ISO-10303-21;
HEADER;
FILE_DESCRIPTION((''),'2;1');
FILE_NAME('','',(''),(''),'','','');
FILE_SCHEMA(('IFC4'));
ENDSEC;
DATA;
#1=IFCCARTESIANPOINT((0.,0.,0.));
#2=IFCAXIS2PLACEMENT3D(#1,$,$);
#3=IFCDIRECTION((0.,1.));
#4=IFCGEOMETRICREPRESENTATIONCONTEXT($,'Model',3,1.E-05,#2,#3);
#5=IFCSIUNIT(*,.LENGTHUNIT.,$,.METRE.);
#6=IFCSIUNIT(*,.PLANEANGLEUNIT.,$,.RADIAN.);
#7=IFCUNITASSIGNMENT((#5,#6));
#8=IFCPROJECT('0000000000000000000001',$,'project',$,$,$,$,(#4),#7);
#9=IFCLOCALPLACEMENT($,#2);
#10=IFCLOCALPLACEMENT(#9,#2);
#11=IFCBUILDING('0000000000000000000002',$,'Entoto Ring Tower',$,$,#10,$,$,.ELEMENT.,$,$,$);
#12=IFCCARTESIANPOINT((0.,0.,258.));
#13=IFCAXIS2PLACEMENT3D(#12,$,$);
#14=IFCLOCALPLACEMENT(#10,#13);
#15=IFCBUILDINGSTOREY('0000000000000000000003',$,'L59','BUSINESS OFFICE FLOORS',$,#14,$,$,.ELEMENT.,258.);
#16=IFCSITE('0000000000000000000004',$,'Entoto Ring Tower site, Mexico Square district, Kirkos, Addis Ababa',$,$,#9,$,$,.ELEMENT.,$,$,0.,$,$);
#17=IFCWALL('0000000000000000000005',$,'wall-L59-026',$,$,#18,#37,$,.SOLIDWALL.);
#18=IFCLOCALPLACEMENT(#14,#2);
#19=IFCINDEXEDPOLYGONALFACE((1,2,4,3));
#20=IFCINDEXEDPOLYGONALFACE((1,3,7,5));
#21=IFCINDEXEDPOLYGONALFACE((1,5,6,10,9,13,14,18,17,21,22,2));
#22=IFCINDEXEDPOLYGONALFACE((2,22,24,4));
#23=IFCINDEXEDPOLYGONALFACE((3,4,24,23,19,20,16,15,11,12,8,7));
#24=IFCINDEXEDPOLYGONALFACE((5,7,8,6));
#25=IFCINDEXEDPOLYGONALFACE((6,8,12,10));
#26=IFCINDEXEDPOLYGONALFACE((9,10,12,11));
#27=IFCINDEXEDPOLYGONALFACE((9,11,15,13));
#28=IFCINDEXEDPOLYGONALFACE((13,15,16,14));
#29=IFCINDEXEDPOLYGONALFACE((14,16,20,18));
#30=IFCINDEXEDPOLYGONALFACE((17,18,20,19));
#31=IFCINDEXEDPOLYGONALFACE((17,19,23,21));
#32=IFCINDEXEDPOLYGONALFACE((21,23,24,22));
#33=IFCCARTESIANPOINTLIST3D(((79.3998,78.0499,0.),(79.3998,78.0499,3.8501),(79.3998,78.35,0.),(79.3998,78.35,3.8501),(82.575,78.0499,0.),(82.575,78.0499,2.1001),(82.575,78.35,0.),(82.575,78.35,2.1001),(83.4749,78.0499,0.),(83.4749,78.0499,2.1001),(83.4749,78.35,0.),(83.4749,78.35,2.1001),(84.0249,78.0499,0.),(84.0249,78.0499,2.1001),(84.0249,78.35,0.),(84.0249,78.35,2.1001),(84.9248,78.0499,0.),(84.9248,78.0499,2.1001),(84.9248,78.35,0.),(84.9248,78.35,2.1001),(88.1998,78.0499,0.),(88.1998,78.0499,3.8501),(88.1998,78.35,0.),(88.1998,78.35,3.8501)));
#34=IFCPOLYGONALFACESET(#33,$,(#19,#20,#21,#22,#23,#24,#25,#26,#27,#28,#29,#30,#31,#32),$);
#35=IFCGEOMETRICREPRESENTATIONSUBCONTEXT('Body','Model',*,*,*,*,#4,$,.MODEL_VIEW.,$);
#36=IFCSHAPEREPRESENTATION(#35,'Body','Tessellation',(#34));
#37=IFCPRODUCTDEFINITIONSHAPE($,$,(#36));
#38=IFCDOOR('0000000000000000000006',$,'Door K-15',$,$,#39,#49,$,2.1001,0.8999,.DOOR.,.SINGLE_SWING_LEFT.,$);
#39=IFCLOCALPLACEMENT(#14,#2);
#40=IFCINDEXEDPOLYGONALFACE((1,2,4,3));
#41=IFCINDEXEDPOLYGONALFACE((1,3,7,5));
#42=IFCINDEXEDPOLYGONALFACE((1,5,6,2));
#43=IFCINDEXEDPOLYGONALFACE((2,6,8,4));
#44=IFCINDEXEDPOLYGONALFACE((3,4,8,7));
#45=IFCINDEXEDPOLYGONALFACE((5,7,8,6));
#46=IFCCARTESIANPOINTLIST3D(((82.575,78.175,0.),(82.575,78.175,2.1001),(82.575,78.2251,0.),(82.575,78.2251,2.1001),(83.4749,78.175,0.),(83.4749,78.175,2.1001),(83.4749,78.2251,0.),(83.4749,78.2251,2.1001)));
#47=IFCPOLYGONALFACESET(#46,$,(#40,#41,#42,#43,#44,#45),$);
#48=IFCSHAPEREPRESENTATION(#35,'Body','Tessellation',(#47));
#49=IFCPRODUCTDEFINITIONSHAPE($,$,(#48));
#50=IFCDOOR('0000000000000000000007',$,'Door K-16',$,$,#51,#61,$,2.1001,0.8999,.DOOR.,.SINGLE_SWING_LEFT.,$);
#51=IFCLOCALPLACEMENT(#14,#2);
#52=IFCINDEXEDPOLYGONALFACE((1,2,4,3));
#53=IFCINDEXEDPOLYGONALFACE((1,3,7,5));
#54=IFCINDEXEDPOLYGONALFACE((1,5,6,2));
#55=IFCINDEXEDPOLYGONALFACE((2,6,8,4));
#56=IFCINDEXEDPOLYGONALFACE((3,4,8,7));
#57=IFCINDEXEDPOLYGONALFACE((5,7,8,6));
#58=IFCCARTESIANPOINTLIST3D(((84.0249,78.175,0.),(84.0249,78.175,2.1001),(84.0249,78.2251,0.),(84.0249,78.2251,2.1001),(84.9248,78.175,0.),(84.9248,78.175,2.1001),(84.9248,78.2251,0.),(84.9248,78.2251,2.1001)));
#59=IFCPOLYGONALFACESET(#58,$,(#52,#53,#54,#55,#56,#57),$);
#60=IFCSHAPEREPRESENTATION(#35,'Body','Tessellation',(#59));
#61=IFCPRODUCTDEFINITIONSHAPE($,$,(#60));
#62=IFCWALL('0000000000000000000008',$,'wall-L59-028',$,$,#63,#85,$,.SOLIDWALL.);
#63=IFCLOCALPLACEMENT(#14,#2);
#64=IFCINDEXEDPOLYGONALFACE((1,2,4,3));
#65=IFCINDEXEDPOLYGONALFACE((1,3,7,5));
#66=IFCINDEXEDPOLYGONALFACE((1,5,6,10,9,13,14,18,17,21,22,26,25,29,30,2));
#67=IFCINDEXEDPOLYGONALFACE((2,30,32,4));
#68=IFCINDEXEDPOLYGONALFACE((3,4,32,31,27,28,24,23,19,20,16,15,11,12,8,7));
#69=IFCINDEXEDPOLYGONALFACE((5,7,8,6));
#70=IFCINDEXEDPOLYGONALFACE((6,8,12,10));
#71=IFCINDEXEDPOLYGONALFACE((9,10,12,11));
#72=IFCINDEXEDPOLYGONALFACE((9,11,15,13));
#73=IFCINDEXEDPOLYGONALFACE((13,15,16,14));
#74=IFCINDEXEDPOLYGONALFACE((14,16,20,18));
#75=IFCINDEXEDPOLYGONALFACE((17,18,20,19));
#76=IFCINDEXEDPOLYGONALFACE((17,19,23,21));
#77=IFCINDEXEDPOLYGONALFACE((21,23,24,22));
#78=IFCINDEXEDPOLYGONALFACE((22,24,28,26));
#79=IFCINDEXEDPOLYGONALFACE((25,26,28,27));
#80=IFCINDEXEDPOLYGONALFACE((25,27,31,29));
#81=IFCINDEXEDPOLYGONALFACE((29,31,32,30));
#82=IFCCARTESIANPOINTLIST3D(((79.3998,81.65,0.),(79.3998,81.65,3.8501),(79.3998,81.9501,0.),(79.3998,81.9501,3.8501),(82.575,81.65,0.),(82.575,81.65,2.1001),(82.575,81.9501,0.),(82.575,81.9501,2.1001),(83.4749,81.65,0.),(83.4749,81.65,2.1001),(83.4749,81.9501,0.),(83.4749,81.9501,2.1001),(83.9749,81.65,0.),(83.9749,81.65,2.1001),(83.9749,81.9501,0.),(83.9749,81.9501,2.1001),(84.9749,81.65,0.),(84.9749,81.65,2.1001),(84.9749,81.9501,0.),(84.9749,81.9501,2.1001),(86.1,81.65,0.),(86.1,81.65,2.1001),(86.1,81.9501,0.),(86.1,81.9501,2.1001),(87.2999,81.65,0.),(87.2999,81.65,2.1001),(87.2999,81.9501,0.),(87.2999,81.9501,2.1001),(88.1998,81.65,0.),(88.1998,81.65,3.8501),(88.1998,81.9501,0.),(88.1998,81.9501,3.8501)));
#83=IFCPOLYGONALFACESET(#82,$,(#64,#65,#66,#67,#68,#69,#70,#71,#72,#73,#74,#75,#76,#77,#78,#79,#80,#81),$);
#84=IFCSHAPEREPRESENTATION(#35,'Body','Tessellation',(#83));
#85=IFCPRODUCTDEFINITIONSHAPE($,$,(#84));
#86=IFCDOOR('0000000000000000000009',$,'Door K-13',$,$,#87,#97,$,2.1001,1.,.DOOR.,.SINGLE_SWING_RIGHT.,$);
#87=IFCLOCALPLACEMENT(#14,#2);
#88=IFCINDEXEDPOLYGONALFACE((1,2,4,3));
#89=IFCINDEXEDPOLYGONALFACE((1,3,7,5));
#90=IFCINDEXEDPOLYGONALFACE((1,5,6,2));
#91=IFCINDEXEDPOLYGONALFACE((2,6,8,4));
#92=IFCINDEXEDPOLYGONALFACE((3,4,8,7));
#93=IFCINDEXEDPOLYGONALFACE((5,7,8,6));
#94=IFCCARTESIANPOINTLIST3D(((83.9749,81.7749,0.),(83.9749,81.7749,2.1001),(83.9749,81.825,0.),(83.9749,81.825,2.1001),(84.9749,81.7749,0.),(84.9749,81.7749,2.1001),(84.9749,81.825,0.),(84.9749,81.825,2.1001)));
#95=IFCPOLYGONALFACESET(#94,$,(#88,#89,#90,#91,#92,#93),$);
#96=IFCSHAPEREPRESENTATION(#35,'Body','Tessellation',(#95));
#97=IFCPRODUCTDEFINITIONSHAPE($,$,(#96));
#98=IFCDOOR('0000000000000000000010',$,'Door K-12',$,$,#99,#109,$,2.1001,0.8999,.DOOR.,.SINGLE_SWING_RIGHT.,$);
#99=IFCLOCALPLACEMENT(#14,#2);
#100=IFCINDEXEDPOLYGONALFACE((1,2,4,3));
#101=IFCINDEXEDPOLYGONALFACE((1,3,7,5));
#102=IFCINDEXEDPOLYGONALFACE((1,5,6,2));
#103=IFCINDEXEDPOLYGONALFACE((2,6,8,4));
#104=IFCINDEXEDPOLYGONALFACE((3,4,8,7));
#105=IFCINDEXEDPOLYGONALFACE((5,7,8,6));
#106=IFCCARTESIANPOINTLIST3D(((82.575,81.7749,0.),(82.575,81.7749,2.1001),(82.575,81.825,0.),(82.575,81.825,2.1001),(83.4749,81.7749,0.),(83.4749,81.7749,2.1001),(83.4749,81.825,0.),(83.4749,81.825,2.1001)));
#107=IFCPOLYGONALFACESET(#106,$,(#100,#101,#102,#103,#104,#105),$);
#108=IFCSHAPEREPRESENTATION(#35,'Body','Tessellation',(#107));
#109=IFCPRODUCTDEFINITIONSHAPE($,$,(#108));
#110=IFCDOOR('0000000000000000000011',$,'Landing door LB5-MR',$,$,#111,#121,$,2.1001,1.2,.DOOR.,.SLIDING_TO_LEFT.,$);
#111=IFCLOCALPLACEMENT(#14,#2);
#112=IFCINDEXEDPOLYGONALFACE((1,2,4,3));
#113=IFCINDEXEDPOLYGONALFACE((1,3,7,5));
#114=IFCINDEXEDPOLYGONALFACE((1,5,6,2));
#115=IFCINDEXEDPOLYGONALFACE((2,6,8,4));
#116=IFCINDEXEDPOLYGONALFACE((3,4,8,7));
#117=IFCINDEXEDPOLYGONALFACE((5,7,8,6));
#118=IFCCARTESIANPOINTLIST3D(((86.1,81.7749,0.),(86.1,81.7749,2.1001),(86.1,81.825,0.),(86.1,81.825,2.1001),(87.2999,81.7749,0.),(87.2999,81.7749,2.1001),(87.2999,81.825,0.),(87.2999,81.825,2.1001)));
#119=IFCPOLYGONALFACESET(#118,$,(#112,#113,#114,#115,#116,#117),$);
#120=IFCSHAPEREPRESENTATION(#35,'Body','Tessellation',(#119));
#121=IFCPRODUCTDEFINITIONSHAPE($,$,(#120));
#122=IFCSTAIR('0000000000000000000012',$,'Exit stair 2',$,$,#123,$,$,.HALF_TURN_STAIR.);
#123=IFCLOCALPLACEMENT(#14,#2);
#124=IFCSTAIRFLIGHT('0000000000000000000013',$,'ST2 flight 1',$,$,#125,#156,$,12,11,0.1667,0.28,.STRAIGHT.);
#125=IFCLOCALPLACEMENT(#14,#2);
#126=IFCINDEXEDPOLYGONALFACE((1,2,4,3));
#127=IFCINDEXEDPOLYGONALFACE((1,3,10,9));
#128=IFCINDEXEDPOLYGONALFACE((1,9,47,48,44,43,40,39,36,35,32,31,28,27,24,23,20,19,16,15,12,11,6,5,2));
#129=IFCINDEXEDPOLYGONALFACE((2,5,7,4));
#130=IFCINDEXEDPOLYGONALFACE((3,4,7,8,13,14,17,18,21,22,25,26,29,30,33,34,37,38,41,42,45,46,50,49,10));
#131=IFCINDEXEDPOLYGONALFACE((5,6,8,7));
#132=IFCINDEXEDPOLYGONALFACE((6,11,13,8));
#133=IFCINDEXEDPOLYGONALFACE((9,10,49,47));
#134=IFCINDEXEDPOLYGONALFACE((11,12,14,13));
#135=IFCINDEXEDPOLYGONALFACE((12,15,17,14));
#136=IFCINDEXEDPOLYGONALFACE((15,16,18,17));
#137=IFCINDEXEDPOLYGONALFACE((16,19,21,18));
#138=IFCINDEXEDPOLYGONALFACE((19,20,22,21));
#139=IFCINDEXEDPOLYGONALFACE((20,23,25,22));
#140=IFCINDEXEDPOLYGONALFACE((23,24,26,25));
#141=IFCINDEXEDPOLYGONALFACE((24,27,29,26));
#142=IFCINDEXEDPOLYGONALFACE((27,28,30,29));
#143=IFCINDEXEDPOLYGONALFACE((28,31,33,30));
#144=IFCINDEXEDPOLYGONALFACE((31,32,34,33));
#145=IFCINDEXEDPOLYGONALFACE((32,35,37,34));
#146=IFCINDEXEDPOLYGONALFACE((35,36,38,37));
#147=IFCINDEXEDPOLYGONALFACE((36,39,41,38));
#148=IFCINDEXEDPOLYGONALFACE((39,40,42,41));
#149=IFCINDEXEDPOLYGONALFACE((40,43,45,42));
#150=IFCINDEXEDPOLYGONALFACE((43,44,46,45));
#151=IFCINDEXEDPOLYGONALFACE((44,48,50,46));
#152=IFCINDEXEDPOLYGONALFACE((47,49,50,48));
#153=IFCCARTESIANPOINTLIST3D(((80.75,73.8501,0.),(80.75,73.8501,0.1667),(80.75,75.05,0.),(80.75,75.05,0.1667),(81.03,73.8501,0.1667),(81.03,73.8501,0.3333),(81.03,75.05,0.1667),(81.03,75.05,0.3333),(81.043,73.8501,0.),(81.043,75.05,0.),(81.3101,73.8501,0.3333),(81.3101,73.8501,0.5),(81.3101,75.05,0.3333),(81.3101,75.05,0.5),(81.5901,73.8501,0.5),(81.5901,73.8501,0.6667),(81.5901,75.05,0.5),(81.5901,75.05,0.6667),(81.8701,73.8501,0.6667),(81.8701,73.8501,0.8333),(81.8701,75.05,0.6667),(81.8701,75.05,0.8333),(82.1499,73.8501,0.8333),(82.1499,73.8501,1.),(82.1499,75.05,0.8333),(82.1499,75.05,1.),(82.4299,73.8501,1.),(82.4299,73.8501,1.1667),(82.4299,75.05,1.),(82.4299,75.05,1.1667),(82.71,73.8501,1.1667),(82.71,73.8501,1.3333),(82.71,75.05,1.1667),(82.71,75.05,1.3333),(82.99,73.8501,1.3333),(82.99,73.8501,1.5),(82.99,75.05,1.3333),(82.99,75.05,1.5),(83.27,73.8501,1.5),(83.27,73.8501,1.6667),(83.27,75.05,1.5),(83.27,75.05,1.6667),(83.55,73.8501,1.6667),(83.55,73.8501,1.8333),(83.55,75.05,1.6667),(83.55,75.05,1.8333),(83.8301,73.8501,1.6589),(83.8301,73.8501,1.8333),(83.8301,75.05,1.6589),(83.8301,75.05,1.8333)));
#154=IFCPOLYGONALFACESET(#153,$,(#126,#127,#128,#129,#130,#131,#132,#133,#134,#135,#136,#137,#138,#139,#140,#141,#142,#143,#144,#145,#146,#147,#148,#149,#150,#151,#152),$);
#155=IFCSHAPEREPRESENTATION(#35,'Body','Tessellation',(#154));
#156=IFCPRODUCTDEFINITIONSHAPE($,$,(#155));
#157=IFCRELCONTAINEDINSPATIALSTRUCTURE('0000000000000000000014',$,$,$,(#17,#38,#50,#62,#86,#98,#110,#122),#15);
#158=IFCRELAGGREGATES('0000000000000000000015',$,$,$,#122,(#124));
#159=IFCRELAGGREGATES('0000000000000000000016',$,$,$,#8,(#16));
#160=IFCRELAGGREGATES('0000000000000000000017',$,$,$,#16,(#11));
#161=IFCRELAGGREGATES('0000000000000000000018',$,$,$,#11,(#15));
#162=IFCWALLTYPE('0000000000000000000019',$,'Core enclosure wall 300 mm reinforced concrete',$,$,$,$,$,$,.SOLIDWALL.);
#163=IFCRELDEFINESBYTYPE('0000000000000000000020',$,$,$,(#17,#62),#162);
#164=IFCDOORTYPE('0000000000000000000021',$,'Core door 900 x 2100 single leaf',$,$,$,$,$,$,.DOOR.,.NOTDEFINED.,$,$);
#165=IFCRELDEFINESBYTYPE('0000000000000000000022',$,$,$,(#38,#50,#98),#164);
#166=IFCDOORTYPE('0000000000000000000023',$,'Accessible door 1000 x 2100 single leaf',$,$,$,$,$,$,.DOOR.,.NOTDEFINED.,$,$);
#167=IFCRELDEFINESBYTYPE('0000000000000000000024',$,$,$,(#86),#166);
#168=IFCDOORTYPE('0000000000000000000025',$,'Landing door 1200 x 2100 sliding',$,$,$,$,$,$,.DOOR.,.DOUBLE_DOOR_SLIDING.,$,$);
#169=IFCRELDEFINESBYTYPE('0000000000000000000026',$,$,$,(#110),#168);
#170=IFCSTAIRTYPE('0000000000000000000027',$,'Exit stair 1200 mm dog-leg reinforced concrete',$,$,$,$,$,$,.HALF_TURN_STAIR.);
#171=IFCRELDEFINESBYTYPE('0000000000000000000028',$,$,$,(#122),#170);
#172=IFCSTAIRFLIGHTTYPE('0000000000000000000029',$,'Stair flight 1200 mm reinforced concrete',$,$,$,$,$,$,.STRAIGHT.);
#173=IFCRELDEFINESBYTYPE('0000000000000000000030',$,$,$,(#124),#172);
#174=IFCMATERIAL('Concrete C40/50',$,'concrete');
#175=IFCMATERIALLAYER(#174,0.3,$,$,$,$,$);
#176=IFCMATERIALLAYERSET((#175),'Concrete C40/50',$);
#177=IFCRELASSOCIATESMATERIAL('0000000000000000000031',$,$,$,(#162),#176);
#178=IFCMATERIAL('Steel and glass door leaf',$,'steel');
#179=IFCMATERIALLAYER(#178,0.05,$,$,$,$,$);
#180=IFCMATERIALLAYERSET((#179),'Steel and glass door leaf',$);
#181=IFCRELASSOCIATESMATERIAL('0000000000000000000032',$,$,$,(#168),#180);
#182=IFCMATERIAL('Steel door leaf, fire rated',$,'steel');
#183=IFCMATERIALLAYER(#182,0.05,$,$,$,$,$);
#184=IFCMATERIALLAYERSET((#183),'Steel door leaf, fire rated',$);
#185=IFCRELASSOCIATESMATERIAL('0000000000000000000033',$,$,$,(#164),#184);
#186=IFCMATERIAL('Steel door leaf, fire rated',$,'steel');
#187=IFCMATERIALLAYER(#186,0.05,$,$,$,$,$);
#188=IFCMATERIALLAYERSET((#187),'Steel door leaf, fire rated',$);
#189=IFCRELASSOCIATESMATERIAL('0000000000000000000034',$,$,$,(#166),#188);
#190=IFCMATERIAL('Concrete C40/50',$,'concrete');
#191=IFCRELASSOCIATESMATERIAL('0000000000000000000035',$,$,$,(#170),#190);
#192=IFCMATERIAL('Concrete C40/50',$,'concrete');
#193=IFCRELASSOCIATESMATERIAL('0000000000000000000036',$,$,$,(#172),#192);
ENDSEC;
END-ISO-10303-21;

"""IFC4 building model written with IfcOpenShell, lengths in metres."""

from ifc_helpers import new_model, si_unit, direction, frame, frame_2d, origin, place, context, subcontext, project, spatial, polyline, rectangle, outline, extrude, material, layer, layer_set, type_object, element, fill, aggregate, save


model = new_model("IFC4")

# Units and contexts
model_context = context("Model", 3, precision=1e-05, world=origin(), true_north=direction((0.0, 1.0)))
body_context = subcontext(model_context, "Body", "Model", "MODEL_VIEW")
ifc_project = project(units=[si_unit("LENGTHUNIT", "METRE"), si_unit("PLANEANGLEUNIT", "RADIAN")], contexts=[model_context])

# Site, building, storey
site_placement = place(None, origin())
site = spatial("IfcSite", under=ifc_project, at=site_placement, Name="Entoto Ring Tower site, Mexico Square district, Kirkos, Addis Ababa", CompositionType="ELEMENT", RefElevation=0.0)
building_placement = place(site_placement, origin())
building = spatial("IfcBuilding", under=site, at=building_placement, Name="Entoto Ring Tower", CompositionType="ELEMENT")
storey_placement = place(building_placement, frame((0.0, 0.0, 258.0)))
storey = spatial("IfcBuildingStorey", under=building, at=storey_placement, Name="L59", Description="BUSINESS OFFICE FLOORS", CompositionType="ELEMENT", Elevation=258.0)

# Shared definitions
ifc_material_1 = material(Name="Concrete C40/50", Category="concrete")
ifc_layer_1 = layer(ifc_material_1, 0.3)
ifc_layer_set_1 = layer_set([ifc_layer_1], Name="Concrete C40/50")
wall_type = type_object("IfcWallType", Name="Core enclosure wall 300 mm reinforced concrete", PredefinedType="SOLIDWALL", material=ifc_layer_set_1)
ifc_material_2 = material(Name="Steel and glass door leaf", Category="steel")
ifc_layer_2 = layer(ifc_material_2, 0.05)
ifc_layer_set_2 = layer_set([ifc_layer_2], Name="Steel and glass door leaf")
door_type_1 = type_object("IfcDoorType", Name="Landing door 1200 x 2100 sliding", OperationType="DOUBLE_DOOR_SLIDING", PredefinedType="DOOR", material=ifc_layer_set_2)

# Walls, openings, doors
wall_1_placement = place(storey_placement, frame((79.3999, 78.2, 0.0), z_axis=(0.0, 0.0, 1.0), x_axis=(1.0, 0.0, 0.0)))
wall_1 = element("IfcWall", 1, at=wall_1_placement, inside=storey, type_object=wall_type, Name="wall-L59-026", PredefinedType="SOLIDWALL", context=body_context, shape_type="SweptSolid", body=[
    extrude(rectangle(XDim=8.8, YDim=0.3, at=frame_2d((4.3999, 0.0))), origin(), (0.0, 0.0, 1.0), 3.8501),
])
opening_1_placement = place(wall_1_placement, frame((3.175, 0.0, 0.0)))
opening_1 = element("IfcOpeningElement", 2, at=opening_1_placement, cuts=wall_1, PredefinedType="OPENING", context=body_context, shape_type="SweptSolid", body=[
    extrude(rectangle(XDim=0.8999, YDim=2.1001, at=frame_2d((0.45, 1.05))), frame((0.0, 0.1602, 0.0), z_axis=(0.0, -1.0, 0.0), x_axis=(1.0, 0.0, 0.0)), (0.0, 0.0, 1.0), 0.3201),
])
opening_2_placement = place(wall_1_placement, frame((4.625, 0.0, 0.0)))
opening_2 = element("IfcOpeningElement", 3, at=opening_2_placement, cuts=wall_1, PredefinedType="OPENING", context=body_context, shape_type="SweptSolid", body=[
    extrude(rectangle(XDim=0.8999, YDim=2.1001, at=frame_2d((0.45, 1.05))), frame((0.0, 0.1602, 0.0), z_axis=(0.0, -1.0, 0.0), x_axis=(1.0, 0.0, 0.0)), (0.0, 0.0, 1.0), 0.3201),
])
ifc_material_3 = material(Name="Steel door leaf, fire rated", Category="steel")
ifc_layer_3 = layer(ifc_material_3, 0.05)
ifc_layer_set_3 = layer_set([ifc_layer_3], Name="Steel door leaf, fire rated")
door_type_2 = type_object("IfcDoorType", Name="Core door 900 x 2100 single leaf", OperationType="NOTDEFINED", PredefinedType="DOOR", material=ifc_layer_set_3)
door_1_placement = place(opening_1_placement, frame((0.8999, 0.0, 0.0), z_axis=(0.0, 0.0, 1.0), x_axis=(-1.0, 0.0, 0.0)))
door_1 = element("IfcDoor", 4, at=door_1_placement, inside=storey, type_object=door_type_2, Name="Door K-15", OperationType="SINGLE_SWING_LEFT", OverallHeight=2.1001, OverallWidth=0.8999, PredefinedType="DOOR", context=body_context, shape_type="SweptSolid", body=[
    extrude(rectangle(XDim=0.8999, YDim=2.1001, at=frame_2d((0.45, 1.05))), frame((0.0, 0.0249, 0.0), z_axis=(0.0, -1.0, 0.0), x_axis=(1.0, 0.0, 0.0)), (0.0, 0.0, 1.0), 0.05),
])
fill(opening_1, door_1)
door_2_placement = place(opening_2_placement, frame((0.8999, 0.0, 0.0), z_axis=(0.0, 0.0, 1.0), x_axis=(-1.0, 0.0, 0.0)))
door_2 = element("IfcDoor", 5, at=door_2_placement, inside=storey, type_object=door_type_2, Name="Door K-16", OperationType="SINGLE_SWING_LEFT", OverallHeight=2.1001, OverallWidth=0.8999, PredefinedType="DOOR", context=body_context, shape_type="SweptSolid", body=[
    extrude(rectangle(XDim=0.8999, YDim=2.1001, at=frame_2d((0.45, 1.05))), frame((0.0, 0.0249, 0.0), z_axis=(0.0, -1.0, 0.0), x_axis=(1.0, 0.0, 0.0)), (0.0, 0.0, 1.0), 0.05),
])
fill(opening_2, door_2)
wall_2_placement = place(storey_placement, frame((79.3999, 81.8, 0.0), z_axis=(0.0, 0.0, 1.0), x_axis=(1.0, 0.0, 0.0)))
wall_2 = element("IfcWall", 6, at=wall_2_placement, inside=storey, type_object=wall_type, Name="wall-L59-028", PredefinedType="SOLIDWALL", context=body_context, shape_type="SweptSolid", body=[
    extrude(rectangle(XDim=8.8, YDim=0.3, at=frame_2d((4.3999, 0.0))), origin(), (0.0, 0.0, 1.0), 3.8501),
])
opening_3_placement = place(wall_2_placement, frame((6.7, 0.0, 0.0)))
opening_3 = element("IfcOpeningElement", 7, at=opening_3_placement, cuts=wall_2, PredefinedType="OPENING", context=body_context, shape_type="SweptSolid", body=[
    extrude(rectangle(XDim=1.2, YDim=2.1001, at=frame_2d((0.6001, 1.05))), frame((0.0, 0.1602, 0.0), z_axis=(0.0, -1.0, 0.0), x_axis=(1.0, 0.0, 0.0)), (0.0, 0.0, 1.0), 0.3201),
])
opening_4_placement = place(wall_2_placement, frame((3.175, 0.0, 0.0)))
opening_4 = element("IfcOpeningElement", 8, at=opening_4_placement, cuts=wall_2, PredefinedType="OPENING", context=body_context, shape_type="SweptSolid", body=[
    extrude(rectangle(XDim=0.8999, YDim=2.1001, at=frame_2d((0.45, 1.05))), frame((0.0, 0.1602, 0.0), z_axis=(0.0, -1.0, 0.0), x_axis=(1.0, 0.0, 0.0)), (0.0, 0.0, 1.0), 0.3201),
])
opening_5_placement = place(wall_2_placement, frame((4.575, 0.0, 0.0)))
opening_5 = element("IfcOpeningElement", 9, at=opening_5_placement, cuts=wall_2, PredefinedType="OPENING", context=body_context, shape_type="SweptSolid", body=[
    extrude(rectangle(XDim=1.0, YDim=2.1001, at=frame_2d((0.5, 1.05))), frame((0.0, 0.1602, 0.0), z_axis=(0.0, -1.0, 0.0), x_axis=(1.0, 0.0, 0.0)), (0.0, 0.0, 1.0), 0.3201),
])
ifc_material_4 = material(Name="Steel door leaf, fire rated", Category="steel")
ifc_layer_4 = layer(ifc_material_4, 0.05)
ifc_layer_set_4 = layer_set([ifc_layer_4], Name="Steel door leaf, fire rated")
door_type_3 = type_object("IfcDoorType", Name="Accessible door 1000 x 2100 single leaf", OperationType="NOTDEFINED", PredefinedType="DOOR", material=ifc_layer_set_4)
door_3_placement = place(opening_5_placement, origin())
door_3 = element("IfcDoor", 10, at=door_3_placement, inside=storey, type_object=door_type_3, Name="Door K-13", OperationType="SINGLE_SWING_RIGHT", OverallHeight=2.1001, OverallWidth=1.0, PredefinedType="DOOR", context=body_context, shape_type="SweptSolid", body=[
    extrude(rectangle(XDim=1.0, YDim=2.1001, at=frame_2d((0.5, 1.05))), frame((0.0, 0.0249, 0.0), z_axis=(0.0, -1.0, 0.0), x_axis=(1.0, 0.0, 0.0)), (0.0, 0.0, 1.0), 0.05),
])
fill(opening_5, door_3)
door_4_placement = place(opening_4_placement, origin())
door_4 = element("IfcDoor", 11, at=door_4_placement, inside=storey, type_object=door_type_2, Name="Door K-12", OperationType="SINGLE_SWING_RIGHT", OverallHeight=2.1001, OverallWidth=0.8999, PredefinedType="DOOR", context=body_context, shape_type="SweptSolid", body=[
    extrude(rectangle(XDim=0.8999, YDim=2.1001, at=frame_2d((0.45, 1.05))), frame((0.0, 0.0249, 0.0), z_axis=(0.0, -1.0, 0.0), x_axis=(1.0, 0.0, 0.0)), (0.0, 0.0, 1.0), 0.05),
])
fill(opening_4, door_4)
door_5_placement = place(opening_3_placement, origin())
door_5 = element("IfcDoor", 12, at=door_5_placement, inside=storey, type_object=door_type_1, Name="Landing door LB5-MR", OperationType="SLIDING_TO_LEFT", OverallHeight=2.1001, OverallWidth=1.2, PredefinedType="DOOR", context=body_context, shape_type="SweptSolid", body=[
    extrude(rectangle(XDim=1.2, YDim=2.1001, at=frame_2d((0.6001, 1.05))), frame((0.0, 0.0249, 0.0), z_axis=(0.0, -1.0, 0.0), x_axis=(1.0, 0.0, 0.0)), (0.0, 0.0, 1.0), 0.05),
])
fill(opening_3, door_5)

# Stair, stair flight
ifc_material_5 = material(Name="Concrete C40/50", Category="concrete")
stair_type = type_object("IfcStairType", Name="Exit stair 1200 mm dog-leg reinforced concrete", PredefinedType="HALF_TURN_STAIR", material=ifc_material_5)
stair_placement = place(storey_placement, origin())
stair = element("IfcStair", 13, at=stair_placement, inside=storey, type_object=stair_type, Name="Exit stair 2", PredefinedType="HALF_TURN_STAIR")
ifc_material_6 = material(Name="Concrete C40/50", Category="concrete")
stair_flight_type = type_object("IfcStairFlightType", Name="Stair flight 1200 mm reinforced concrete", PredefinedType="STRAIGHT", material=ifc_material_6)
stair_flight_1_placement = place(storey_placement, frame((80.75, 74.45, 0.0), z_axis=(0.0, 0.0, 1.0), x_axis=(1.0, 0.0, 0.0)))
stair_flight_1 = element("IfcStairFlight", 14, at=stair_flight_1_placement, type_object=stair_flight_type, Name="ST2 flight 1", NumberOfRisers=12, NumberOfTreads=11, PredefinedType="STRAIGHT", RiserHeight=0.1667, TreadLength=0.28, context=body_context, shape_type="SweptSolid", body=[
    extrude(outline(polyline([(0.0, 0.0), (0.0, 0.1667), (0.28, 0.1667), (0.28, 0.3333), (0.5601, 0.3333), (0.5601, 0.5), (0.8401, 0.5), (0.8401, 0.6667), (1.1201, 0.6667), (1.1201, 0.8333), (1.3999, 0.8333), (1.3999, 1.0), (1.6799, 1.0), (1.6799, 1.1667), (1.96, 1.1667), (1.96, 1.3333), (2.24, 1.3333), (2.24, 1.5), (2.52, 1.5), (2.52, 1.6667), (2.8, 1.6667), (2.8, 1.8333), (3.0801, 1.8333), (3.0801, 2.0), (3.0801, 1.6589), (0.293, 0.0), (0.0, 0.0)])), frame((0.0, 0.6001, 0.0), z_axis=(0.0, -1.0, 0.0), x_axis=(1.0, 0.0, 0.0)), (0.0, 0.0, 1.0), 1.2),
])
aggregate(stair, [stair_flight_1])

save(model, "model.ifc")
